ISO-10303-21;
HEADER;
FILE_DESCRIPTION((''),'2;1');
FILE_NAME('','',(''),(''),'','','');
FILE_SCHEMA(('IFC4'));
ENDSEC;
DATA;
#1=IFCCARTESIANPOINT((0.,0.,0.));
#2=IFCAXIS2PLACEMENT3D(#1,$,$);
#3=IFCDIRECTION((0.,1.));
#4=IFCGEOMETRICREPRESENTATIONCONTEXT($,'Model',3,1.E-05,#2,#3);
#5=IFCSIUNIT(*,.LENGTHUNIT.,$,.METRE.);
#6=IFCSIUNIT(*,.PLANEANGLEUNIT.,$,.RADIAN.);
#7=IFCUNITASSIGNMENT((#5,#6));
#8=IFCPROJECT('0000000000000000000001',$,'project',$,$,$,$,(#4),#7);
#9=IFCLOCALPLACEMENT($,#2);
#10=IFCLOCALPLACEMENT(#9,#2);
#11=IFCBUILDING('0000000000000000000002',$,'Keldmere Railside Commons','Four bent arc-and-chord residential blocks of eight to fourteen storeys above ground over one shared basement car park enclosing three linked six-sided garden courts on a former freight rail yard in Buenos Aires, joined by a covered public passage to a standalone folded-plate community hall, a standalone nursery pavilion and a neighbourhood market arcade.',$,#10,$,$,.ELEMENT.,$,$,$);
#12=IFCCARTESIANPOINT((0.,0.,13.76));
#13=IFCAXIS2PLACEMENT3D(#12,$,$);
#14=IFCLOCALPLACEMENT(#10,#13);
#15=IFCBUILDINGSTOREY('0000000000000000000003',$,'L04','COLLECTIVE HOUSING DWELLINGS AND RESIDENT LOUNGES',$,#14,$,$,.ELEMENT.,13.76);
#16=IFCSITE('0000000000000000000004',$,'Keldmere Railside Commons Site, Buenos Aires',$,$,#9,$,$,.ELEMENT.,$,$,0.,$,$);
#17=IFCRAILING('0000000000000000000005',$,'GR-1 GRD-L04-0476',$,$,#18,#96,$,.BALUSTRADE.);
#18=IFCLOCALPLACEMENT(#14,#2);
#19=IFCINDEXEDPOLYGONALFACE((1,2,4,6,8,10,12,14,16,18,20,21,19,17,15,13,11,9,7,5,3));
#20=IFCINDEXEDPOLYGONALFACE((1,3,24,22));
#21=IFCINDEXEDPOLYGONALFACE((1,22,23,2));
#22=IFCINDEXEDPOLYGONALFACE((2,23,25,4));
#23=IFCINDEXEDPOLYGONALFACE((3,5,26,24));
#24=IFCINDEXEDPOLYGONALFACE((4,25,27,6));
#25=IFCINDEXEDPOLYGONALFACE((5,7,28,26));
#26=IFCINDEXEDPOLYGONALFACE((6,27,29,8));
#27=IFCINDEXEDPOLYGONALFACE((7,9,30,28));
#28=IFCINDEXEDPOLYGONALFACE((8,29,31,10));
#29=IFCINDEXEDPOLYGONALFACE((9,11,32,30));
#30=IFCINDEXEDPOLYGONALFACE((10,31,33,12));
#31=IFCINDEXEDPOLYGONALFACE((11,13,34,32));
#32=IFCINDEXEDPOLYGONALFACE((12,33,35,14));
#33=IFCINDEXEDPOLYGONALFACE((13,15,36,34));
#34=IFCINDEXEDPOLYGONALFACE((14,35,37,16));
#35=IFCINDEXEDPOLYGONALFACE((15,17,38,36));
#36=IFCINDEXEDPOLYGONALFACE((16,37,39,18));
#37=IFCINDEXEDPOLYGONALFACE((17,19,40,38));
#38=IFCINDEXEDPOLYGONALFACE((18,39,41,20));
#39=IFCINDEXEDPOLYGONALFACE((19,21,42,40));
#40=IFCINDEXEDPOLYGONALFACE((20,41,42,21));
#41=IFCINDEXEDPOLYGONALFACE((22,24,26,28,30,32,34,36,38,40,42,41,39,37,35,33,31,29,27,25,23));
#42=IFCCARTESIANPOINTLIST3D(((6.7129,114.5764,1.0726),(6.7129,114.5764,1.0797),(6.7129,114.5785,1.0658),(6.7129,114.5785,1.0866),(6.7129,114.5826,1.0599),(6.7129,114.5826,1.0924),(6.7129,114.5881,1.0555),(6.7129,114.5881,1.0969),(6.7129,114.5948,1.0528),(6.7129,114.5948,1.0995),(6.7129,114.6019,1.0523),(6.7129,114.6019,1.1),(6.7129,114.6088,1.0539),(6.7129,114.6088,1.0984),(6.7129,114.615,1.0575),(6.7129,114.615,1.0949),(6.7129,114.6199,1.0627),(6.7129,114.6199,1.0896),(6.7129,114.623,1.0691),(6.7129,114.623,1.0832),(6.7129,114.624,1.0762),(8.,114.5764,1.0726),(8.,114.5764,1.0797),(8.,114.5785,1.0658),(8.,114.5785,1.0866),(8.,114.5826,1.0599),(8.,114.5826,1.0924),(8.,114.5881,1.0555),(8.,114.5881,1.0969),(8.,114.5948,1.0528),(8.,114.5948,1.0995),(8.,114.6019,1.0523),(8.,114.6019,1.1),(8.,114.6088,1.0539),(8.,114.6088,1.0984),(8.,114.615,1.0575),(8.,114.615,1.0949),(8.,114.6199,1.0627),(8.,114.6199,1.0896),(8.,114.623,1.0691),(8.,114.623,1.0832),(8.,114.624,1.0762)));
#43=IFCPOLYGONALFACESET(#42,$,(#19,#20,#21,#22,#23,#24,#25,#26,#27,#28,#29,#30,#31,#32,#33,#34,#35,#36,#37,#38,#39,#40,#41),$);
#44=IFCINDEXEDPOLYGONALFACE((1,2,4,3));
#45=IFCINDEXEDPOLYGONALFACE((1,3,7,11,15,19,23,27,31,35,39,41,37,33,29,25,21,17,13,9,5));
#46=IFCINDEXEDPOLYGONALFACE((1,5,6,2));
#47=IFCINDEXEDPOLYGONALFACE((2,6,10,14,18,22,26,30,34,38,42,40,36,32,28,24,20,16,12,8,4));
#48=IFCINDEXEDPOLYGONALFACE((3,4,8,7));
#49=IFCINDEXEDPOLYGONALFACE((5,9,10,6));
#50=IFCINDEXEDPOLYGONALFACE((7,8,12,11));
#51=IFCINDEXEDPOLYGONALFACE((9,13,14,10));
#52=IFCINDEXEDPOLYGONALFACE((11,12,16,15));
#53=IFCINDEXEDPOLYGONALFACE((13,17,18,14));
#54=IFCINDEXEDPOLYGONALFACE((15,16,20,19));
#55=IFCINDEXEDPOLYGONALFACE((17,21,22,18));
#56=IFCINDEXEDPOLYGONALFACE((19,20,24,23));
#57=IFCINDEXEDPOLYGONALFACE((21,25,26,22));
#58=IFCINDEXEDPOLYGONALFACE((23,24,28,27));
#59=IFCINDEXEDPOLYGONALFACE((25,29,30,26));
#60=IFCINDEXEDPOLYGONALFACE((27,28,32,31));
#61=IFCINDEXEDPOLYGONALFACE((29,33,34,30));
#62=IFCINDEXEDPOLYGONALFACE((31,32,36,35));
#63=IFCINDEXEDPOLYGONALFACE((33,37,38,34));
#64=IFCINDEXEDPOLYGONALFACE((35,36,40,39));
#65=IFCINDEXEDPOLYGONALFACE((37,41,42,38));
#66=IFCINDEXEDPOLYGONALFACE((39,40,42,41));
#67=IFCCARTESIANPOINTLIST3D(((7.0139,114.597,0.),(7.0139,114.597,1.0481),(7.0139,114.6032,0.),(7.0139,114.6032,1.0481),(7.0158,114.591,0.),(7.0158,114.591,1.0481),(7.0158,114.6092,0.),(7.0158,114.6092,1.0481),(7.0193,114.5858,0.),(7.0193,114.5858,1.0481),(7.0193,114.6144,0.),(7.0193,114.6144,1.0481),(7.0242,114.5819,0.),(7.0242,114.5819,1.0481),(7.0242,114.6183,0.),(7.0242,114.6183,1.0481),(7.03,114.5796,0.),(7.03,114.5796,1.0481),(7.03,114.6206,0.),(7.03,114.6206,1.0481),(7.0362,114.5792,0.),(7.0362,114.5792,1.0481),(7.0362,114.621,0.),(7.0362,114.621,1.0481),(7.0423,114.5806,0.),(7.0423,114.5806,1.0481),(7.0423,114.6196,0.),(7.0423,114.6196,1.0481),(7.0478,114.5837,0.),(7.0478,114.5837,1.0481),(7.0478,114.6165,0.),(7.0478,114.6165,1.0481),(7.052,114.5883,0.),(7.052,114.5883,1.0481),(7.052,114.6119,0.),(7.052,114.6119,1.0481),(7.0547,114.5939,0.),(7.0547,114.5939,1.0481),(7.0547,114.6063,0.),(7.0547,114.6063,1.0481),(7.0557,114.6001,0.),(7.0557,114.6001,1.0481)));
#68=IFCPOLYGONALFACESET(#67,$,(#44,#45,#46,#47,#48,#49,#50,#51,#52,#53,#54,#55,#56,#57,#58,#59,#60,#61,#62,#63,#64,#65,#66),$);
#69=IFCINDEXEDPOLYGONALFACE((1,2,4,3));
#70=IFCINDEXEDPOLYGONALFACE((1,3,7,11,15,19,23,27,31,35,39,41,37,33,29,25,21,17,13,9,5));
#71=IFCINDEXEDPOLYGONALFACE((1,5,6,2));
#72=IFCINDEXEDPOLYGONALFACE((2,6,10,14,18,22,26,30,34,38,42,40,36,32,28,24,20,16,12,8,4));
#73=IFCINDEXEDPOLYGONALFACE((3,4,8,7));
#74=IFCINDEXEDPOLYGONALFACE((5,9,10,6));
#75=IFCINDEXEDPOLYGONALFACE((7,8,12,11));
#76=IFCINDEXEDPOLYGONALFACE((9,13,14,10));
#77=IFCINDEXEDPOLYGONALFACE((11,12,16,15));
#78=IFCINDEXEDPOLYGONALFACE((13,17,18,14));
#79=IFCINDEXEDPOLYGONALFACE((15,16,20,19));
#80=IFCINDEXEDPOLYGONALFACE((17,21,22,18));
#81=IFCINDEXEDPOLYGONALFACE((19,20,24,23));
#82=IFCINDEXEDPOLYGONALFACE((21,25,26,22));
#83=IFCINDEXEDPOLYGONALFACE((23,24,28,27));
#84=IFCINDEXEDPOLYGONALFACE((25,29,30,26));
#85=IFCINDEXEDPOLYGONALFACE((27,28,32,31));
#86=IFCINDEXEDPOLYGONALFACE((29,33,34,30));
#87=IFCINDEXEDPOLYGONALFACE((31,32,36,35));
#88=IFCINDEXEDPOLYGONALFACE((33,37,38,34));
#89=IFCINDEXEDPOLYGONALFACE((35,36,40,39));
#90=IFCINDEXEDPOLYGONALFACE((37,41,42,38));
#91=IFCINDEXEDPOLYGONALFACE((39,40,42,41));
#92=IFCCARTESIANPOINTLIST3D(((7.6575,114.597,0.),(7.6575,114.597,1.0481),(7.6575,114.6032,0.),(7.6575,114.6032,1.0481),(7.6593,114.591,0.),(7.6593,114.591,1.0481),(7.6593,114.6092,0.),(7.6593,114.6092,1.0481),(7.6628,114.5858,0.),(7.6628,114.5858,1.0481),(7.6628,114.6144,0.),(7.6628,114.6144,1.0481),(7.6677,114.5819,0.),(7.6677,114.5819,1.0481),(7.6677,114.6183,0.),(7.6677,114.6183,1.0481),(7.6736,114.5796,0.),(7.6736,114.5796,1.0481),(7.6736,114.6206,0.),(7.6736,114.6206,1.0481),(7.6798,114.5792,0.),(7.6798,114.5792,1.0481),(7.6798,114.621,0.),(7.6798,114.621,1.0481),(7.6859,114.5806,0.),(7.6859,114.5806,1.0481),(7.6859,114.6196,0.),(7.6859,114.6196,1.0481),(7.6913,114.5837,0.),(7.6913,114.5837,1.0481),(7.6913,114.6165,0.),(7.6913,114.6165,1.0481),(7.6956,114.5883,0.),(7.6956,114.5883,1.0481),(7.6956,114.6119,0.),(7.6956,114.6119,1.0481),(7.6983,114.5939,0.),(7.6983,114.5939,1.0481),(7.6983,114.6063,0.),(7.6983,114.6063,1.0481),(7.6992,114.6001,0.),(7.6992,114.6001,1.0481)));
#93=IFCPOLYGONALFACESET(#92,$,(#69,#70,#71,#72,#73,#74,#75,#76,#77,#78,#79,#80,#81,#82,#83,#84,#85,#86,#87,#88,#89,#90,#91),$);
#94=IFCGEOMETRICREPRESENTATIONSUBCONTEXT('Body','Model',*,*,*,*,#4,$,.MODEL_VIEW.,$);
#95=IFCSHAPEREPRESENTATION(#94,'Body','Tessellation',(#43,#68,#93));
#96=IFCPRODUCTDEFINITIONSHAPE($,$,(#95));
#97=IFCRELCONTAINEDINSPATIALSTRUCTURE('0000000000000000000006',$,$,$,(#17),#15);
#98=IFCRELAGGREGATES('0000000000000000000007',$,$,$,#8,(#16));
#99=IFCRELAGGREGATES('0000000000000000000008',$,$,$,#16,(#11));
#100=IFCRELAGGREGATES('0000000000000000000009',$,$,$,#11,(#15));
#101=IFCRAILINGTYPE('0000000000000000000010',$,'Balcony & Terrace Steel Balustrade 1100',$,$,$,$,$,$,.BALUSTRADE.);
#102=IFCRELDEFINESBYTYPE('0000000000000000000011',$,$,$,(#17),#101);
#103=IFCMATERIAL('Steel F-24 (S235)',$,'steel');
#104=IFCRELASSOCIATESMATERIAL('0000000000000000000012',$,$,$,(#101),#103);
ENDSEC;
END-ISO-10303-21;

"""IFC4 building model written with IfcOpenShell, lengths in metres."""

from ifc_helpers import new_model, si_unit, direction, frame, origin, origin_2d, place, context, subcontext, project, spatial, circle, extrude, material, type_object, element, save


model = new_model("IFC4")

# Units and contexts
model_context = context("Model", 3, precision=1e-05, world=origin(), true_north=direction((0.0, 1.0)))
body_context = subcontext(model_context, "Body", "Model", "MODEL_VIEW")
ifc_project = project(units=[si_unit("LENGTHUNIT", "METRE"), si_unit("PLANEANGLEUNIT", "RADIAN")], contexts=[model_context])

# Site, building, storey
site_placement = place(None, origin())
site = spatial("IfcSite", under=ifc_project, at=site_placement, Name="Keldmere Railside Commons Site, Buenos Aires", CompositionType="ELEMENT", RefElevation=0.0)
building_placement = place(site_placement, origin())
building = spatial("IfcBuilding", under=site, at=building_placement, Name="Keldmere Railside Commons", Description="Four bent arc-and-chord residential blocks of eight to fourteen storeys above ground over one shared basement car park enclosing three linked six-sided garden courts on a former freight rail yard in Buenos Aires, joined by a covered public passage to a standalone folded-plate community hall, a standalone nursery pavilion and a neighbourhood market arcade.", CompositionType="ELEMENT")
storey_placement = place(building_placement, frame((0.0, 0.0, 13.76)))
storey = spatial("IfcBuildingStorey", under=building, at=storey_placement, Name="L04", Description="COLLECTIVE HOUSING DWELLINGS AND RESIDENT LOUNGES", CompositionType="ELEMENT", Elevation=13.76)

# Railing
ifc_material_1 = material(Name="Steel F-24 (S235)", Category="steel")
railing_type = type_object("IfcRailingType", Name="Balcony & Terrace Steel Balustrade 1100", PredefinedType="BALUSTRADE", material=ifc_material_1)
railing_1_placement = place(storey_placement, frame((6.7129, 114.6001, 0.0)))
element("IfcRailing", 1, at=railing_1_placement, inside=storey, type_object=railing_type, Name="GR-1 GRD-L04-0476", PredefinedType="BALUSTRADE", context=body_context, shape_type="SweptSolid", body=[
    extrude(circle(Radius=0.0239, at=origin_2d()), frame((0.0, 0.0, 1.0762), z_axis=(1.0, 0.0, 0.0), x_axis=(0.0, 1.0, 0.0)), (0.0, 0.0, 1.0), 1.2871),
    extrude(circle(Radius=0.021, at=origin_2d()), frame((0.3218, 0.0, 0.0)), (0.0, 0.0, 1.0), 1.0481),
    extrude(circle(Radius=0.021, at=origin_2d()), frame((0.9653, 0.0, 0.0)), (0.0, 0.0, 1.0), 1.0481),
])

save(model, "model.ifc")
